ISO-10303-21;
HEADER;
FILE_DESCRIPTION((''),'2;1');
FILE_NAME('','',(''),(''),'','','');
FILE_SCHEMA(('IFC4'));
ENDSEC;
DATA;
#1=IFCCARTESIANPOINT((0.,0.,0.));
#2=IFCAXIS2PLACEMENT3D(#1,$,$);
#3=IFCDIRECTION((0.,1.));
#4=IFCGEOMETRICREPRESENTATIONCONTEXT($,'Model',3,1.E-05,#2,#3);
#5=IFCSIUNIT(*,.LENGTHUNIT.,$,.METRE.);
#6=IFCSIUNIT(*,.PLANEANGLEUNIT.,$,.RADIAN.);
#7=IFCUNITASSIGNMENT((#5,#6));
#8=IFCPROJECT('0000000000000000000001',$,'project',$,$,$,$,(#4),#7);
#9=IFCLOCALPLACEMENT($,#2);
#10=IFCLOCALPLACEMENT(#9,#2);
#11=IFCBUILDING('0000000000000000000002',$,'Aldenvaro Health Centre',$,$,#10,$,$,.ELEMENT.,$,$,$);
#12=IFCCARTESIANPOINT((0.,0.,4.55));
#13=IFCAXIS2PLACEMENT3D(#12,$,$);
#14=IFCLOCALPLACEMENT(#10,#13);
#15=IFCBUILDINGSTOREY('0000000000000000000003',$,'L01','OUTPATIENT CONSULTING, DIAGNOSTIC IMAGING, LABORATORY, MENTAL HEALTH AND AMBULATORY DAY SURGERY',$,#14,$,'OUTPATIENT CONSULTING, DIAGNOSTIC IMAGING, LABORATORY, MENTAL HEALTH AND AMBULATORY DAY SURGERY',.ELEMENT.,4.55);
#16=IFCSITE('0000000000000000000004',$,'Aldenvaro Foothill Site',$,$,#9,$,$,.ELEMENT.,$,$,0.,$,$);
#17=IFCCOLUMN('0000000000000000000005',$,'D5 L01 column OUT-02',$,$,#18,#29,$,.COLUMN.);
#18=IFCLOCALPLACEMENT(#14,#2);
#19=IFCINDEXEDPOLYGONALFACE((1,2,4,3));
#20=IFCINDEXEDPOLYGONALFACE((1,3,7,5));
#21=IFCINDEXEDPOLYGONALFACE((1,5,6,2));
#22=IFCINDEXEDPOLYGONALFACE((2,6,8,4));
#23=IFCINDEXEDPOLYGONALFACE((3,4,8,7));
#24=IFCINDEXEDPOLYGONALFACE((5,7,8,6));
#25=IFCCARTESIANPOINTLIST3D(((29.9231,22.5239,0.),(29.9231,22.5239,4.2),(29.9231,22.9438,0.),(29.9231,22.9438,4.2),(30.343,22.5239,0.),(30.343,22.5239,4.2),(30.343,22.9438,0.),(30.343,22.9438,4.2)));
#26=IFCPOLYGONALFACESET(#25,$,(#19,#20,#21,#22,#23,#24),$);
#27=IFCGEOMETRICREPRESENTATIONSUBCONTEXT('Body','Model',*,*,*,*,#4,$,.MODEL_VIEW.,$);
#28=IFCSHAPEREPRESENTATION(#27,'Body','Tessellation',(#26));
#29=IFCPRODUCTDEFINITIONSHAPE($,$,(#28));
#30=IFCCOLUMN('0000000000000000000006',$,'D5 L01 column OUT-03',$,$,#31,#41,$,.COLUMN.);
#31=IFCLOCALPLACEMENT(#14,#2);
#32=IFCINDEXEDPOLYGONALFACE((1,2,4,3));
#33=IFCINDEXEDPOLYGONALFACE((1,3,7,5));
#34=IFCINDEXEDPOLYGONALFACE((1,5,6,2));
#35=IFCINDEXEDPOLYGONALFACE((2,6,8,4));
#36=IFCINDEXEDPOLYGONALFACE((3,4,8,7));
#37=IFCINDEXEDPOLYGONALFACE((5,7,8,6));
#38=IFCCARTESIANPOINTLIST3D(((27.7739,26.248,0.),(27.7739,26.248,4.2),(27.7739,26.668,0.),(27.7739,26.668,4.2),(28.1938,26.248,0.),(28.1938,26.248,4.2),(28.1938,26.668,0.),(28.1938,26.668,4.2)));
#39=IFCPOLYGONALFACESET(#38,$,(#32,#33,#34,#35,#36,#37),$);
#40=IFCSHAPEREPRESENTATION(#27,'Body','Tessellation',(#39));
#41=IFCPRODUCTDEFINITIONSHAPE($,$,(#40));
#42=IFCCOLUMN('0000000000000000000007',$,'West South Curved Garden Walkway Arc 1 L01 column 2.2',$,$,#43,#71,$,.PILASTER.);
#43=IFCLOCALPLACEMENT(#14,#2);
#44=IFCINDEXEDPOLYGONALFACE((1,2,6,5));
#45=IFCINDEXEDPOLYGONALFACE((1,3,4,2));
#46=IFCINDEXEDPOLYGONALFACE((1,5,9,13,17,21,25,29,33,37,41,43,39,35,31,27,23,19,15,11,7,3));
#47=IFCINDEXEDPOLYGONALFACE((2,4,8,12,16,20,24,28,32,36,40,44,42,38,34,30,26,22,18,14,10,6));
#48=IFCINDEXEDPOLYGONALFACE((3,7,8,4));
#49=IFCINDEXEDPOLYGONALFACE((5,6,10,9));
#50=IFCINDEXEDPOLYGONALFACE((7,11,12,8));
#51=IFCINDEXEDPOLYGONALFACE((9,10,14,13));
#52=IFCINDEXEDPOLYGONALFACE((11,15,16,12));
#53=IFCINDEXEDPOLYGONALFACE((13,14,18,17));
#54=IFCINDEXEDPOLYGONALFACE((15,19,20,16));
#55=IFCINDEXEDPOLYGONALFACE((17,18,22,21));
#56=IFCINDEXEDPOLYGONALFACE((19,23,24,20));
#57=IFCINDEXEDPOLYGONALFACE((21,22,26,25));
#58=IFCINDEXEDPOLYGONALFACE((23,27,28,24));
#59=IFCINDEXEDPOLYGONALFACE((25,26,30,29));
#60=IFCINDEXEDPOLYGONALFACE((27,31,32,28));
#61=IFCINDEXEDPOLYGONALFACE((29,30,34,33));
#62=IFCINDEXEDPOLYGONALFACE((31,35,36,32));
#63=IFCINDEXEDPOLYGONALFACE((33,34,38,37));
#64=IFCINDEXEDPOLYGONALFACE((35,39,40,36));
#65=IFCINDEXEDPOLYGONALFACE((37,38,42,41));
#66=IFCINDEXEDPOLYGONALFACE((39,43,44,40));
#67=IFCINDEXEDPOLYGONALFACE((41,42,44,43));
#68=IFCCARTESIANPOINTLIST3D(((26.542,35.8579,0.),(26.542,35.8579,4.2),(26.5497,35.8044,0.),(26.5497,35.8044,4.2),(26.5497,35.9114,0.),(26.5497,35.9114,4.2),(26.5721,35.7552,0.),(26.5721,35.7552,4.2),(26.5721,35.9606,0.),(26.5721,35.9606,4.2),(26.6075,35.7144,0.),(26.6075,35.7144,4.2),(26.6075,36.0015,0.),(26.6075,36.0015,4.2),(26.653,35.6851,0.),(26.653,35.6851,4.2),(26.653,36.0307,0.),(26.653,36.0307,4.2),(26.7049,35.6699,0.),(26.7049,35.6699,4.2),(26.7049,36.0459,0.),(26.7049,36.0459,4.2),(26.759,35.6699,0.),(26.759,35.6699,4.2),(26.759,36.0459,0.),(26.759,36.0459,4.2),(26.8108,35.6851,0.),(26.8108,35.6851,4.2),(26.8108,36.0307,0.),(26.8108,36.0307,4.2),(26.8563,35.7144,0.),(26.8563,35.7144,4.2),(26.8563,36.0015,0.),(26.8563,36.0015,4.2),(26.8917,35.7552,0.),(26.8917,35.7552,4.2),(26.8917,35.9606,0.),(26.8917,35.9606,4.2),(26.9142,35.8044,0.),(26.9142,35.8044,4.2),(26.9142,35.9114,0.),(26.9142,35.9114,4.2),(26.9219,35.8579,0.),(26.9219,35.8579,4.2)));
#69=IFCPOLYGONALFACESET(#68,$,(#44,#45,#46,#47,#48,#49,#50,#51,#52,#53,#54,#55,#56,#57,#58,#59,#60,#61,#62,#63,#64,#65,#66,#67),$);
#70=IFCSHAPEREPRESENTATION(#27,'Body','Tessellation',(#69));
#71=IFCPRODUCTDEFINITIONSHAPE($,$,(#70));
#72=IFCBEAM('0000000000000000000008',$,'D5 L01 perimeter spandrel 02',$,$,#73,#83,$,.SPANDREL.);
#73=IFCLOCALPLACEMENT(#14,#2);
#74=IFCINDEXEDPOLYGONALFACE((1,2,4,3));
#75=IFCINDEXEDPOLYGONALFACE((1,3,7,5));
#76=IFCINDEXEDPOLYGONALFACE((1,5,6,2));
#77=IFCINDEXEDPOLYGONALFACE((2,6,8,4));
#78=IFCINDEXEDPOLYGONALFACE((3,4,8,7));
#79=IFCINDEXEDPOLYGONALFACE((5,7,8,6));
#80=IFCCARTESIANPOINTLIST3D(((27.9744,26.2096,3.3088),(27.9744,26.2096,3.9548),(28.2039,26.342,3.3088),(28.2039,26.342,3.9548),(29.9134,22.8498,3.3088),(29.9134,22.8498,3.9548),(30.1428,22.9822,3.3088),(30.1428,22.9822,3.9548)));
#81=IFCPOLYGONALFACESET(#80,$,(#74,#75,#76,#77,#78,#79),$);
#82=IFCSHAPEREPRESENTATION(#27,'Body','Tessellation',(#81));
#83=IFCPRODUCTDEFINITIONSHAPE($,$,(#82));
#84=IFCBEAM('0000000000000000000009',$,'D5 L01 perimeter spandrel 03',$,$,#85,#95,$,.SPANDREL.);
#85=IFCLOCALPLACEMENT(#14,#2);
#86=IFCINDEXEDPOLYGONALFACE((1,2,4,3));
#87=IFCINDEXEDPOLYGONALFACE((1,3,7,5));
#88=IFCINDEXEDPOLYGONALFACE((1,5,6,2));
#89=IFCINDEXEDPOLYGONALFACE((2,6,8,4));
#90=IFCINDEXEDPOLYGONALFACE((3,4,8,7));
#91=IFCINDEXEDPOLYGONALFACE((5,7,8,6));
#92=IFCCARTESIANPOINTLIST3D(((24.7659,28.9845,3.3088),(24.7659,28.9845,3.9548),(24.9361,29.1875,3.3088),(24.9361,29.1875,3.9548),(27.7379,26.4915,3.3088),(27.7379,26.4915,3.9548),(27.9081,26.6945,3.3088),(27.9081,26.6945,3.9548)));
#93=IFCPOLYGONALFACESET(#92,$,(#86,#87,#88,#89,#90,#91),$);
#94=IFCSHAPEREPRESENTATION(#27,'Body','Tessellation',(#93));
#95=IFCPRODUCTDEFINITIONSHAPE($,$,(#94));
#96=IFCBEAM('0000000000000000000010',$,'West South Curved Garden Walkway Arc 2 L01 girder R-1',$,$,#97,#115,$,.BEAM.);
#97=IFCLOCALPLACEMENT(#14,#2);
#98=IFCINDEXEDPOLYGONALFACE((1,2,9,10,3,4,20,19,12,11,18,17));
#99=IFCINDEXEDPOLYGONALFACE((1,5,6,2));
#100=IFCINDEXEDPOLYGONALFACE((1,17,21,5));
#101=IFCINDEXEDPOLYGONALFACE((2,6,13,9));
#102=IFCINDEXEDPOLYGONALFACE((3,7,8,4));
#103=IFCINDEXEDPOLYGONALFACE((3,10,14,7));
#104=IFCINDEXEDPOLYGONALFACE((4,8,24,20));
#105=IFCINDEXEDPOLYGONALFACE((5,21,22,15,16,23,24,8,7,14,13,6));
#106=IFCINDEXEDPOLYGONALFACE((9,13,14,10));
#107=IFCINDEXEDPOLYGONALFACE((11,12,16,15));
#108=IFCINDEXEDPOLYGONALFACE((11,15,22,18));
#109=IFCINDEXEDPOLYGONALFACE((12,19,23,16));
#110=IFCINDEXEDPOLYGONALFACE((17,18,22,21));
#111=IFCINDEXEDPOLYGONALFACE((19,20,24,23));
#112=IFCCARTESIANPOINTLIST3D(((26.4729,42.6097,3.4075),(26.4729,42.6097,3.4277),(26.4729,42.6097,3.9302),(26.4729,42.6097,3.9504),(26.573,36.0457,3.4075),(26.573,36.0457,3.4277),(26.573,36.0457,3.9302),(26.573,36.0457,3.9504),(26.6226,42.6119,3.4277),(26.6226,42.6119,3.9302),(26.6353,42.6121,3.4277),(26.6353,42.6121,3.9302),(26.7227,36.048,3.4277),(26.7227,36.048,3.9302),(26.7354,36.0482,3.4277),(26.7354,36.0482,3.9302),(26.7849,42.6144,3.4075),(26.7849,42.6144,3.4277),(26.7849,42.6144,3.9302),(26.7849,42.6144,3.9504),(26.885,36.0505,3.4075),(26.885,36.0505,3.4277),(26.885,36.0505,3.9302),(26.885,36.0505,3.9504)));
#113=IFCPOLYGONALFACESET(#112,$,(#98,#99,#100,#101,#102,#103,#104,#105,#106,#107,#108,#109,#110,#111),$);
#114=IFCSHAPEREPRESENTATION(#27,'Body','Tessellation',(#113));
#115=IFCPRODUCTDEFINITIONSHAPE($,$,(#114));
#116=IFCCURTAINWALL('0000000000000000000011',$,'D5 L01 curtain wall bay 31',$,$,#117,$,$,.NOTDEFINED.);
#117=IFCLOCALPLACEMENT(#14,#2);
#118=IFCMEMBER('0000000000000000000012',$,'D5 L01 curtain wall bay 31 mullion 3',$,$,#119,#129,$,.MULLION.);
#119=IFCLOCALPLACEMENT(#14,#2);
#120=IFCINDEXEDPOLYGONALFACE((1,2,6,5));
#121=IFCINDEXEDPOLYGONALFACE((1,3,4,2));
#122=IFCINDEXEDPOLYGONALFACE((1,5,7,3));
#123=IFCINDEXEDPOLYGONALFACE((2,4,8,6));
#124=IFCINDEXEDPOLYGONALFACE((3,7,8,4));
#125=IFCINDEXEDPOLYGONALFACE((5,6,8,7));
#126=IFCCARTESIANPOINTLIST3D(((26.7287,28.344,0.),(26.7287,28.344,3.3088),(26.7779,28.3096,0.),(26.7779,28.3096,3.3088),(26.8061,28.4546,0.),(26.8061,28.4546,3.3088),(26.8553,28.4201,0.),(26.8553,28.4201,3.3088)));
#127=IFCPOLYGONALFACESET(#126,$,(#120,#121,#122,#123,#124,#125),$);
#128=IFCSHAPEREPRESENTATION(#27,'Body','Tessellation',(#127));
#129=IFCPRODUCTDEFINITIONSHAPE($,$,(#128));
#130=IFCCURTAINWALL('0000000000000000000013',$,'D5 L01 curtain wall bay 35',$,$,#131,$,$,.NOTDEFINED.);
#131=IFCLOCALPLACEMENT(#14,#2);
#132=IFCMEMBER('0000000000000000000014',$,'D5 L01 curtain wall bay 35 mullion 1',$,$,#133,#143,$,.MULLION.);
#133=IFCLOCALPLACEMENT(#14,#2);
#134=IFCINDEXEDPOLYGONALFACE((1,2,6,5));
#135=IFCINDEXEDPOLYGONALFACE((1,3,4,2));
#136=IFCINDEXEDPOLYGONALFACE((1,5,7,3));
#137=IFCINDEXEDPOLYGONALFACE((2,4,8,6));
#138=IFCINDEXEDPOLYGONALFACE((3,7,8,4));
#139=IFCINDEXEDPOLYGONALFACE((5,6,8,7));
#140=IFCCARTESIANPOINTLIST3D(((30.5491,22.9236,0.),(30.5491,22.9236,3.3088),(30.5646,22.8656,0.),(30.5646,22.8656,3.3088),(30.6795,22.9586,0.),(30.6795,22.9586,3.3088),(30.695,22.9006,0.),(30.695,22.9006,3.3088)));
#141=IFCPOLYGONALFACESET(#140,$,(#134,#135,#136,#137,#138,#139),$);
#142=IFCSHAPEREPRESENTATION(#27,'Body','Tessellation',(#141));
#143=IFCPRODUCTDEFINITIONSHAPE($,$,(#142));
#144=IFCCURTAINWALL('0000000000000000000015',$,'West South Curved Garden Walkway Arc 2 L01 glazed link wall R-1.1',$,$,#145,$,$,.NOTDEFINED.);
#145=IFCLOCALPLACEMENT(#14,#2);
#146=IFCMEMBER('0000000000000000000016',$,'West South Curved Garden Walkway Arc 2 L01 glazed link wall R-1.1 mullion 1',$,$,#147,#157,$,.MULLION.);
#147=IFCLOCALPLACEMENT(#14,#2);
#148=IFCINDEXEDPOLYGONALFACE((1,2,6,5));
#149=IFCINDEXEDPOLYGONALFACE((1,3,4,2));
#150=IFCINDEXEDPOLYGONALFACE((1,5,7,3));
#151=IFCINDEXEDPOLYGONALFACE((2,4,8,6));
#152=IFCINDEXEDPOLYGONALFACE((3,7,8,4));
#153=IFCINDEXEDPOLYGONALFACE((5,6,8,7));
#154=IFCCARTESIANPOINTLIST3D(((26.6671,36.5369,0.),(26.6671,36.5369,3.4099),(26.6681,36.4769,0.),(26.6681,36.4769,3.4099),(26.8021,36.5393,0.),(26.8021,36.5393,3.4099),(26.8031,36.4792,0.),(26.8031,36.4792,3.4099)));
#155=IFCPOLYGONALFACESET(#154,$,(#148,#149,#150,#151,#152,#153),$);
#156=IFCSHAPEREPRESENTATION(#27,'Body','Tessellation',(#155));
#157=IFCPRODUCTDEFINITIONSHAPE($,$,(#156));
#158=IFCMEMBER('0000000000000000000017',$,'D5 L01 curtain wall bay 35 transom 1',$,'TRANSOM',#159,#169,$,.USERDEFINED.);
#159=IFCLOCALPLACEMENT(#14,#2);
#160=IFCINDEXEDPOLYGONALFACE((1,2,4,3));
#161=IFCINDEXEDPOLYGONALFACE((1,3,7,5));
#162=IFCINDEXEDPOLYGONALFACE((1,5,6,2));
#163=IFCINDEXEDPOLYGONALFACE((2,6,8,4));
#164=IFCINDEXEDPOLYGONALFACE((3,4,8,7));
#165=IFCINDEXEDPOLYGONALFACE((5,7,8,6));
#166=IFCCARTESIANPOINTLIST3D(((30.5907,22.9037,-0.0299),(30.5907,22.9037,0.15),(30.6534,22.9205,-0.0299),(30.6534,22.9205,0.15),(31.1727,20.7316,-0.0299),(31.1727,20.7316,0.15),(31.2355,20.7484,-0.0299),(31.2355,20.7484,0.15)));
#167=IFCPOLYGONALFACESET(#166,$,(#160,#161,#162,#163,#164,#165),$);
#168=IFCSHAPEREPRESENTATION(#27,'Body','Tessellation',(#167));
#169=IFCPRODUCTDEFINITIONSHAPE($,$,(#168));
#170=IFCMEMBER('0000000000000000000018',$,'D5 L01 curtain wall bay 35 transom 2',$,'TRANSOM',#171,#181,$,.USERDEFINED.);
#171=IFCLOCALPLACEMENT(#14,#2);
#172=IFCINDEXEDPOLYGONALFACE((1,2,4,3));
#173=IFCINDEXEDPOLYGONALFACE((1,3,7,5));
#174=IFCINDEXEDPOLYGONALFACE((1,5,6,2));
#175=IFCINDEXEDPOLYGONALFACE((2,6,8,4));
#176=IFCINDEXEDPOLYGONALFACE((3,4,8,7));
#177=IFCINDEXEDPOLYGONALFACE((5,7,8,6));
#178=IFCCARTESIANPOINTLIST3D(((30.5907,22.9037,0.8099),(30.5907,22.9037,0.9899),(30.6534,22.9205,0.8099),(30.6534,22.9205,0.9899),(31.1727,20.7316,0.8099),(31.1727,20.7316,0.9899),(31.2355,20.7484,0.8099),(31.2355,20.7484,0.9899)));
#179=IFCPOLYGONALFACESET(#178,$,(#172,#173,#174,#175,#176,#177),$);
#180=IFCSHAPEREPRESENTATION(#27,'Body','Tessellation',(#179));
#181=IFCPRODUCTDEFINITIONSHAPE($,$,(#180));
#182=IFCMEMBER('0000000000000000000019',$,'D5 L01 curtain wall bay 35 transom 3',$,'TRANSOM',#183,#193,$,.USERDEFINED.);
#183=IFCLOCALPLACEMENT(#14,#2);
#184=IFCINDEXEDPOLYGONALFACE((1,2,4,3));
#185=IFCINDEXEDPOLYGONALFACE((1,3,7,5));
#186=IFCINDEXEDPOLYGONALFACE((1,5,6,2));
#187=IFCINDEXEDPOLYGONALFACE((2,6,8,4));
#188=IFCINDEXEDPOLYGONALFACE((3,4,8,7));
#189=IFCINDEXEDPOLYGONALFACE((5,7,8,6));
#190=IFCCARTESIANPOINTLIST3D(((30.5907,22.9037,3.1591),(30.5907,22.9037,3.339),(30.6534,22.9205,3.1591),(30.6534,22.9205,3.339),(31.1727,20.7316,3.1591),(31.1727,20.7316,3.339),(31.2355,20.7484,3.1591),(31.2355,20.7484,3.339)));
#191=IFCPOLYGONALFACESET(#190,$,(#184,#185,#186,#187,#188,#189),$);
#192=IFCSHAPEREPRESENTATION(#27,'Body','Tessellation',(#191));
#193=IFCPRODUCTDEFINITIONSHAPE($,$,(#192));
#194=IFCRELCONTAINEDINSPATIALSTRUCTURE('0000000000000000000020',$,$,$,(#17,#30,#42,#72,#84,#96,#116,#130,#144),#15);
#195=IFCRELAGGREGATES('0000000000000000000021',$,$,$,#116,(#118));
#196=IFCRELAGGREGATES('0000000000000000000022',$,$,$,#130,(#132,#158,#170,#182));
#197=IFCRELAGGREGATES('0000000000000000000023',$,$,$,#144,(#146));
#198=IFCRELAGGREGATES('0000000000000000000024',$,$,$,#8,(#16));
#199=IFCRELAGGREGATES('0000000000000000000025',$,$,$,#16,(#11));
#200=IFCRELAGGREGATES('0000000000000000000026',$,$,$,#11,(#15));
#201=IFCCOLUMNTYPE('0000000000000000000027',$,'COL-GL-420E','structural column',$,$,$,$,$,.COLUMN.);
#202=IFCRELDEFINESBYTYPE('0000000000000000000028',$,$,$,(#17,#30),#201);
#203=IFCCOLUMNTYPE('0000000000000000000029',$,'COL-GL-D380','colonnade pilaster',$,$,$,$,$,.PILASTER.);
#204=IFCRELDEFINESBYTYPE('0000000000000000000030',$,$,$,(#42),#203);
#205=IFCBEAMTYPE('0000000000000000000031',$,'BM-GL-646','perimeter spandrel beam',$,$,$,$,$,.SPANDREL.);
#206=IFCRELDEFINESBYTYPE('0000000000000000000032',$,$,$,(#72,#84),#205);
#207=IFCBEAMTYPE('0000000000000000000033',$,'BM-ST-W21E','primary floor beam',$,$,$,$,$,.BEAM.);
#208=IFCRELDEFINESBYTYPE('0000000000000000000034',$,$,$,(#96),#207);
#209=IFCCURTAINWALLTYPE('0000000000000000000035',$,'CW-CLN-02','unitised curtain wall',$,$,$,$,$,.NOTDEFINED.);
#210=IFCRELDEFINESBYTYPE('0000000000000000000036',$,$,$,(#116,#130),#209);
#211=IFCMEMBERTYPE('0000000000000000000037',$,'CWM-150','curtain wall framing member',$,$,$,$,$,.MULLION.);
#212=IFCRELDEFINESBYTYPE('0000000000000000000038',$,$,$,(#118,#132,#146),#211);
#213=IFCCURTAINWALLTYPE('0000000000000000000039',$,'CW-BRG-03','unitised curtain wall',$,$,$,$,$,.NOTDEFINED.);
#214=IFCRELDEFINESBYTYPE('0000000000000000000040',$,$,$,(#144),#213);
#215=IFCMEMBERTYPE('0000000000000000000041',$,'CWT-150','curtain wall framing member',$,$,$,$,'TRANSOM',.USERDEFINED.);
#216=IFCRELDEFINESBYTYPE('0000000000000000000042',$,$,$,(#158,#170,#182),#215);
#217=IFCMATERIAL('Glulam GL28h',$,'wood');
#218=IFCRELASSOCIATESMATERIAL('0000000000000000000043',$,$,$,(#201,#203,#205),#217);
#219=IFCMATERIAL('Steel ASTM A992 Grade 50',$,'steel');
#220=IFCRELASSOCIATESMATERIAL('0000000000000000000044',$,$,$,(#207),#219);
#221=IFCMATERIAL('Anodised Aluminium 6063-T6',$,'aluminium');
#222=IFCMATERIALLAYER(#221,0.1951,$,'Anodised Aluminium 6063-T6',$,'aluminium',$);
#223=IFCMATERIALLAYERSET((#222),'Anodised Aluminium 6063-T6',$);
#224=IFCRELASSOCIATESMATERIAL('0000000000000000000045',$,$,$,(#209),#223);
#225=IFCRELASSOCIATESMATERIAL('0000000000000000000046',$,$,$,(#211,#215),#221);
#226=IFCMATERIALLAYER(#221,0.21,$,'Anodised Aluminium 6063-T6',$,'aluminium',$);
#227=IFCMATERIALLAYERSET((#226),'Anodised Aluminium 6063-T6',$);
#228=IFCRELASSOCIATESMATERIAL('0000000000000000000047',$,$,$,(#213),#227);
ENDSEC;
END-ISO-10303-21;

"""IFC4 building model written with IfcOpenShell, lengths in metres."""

from ifc_helpers import new_model, si_unit, direction, frame, origin, origin_2d, place, context, subcontext, project, spatial, rectangle, circle, i_section, extrude, material, layer, layer_set, material_profile, profile_set, type_object, element, aggregate, save


model = new_model("IFC4")

# Units and contexts
model_context = context("Model", 3, precision=1e-05, world=origin(), true_north=direction((0.0, 1.0)))
body_context = subcontext(model_context, "Body", "Model", "MODEL_VIEW")
ifc_project = project(units=[si_unit("LENGTHUNIT", "METRE"), si_unit("PLANEANGLEUNIT", "RADIAN")], contexts=[model_context])

# Site, building, storey
site_placement = place(None, origin())
site = spatial("IfcSite", under=ifc_project, at=site_placement, Name="Aldenvaro Foothill Site", CompositionType="ELEMENT", RefElevation=0.0)
building_placement = place(site_placement, origin())
building = spatial("IfcBuilding", under=site, at=building_placement, Name="Aldenvaro Health Centre", CompositionType="ELEMENT")
storey_placement = place(building_placement, frame((0.0, 0.0, 4.55)))
storey = spatial("IfcBuildingStorey", under=building, at=storey_placement, Name="L01", Description="OUTPATIENT CONSULTING, DIAGNOSTIC IMAGING, LABORATORY, MENTAL HEALTH AND AMBULATORY DAY SURGERY", LongName="OUTPATIENT CONSULTING, DIAGNOSTIC IMAGING, LABORATORY, MENTAL HEALTH AND AMBULATORY DAY SURGERY", CompositionType="ELEMENT", Elevation=4.55)

# Columns
ifc_material_1 = material(Name="Glulam GL28h", Category="wood")
ifc_material_profile_1 = material_profile(ifc_material_1, rectangle(XDim=0.4199, YDim=0.4199, at=origin_2d()), Name="GL 420x420", Category="wood")
ifc_profile_set_1 = profile_set([ifc_material_profile_1], Name="Glulam GL28h")
column_type_1 = type_object("IfcColumnType", Name="COL-GL-420E", Description="structural column", PredefinedType="COLUMN", material=ifc_profile_set_1)
for number, where, z_axis, x_axis, name in (
    (1, (30.1331, 22.7339, 0.0), (0.0, 0.0, 1.0), (1.0, 0.0, 0.0), "D5 L01 column OUT-02"),
    (2, (27.9839, 26.458, 0.0), (0.0, 0.0, 1.0), (1.0, 0.0, 0.0), "D5 L01 column OUT-03"),
):
    element("IfcColumn", number, at=place(storey_placement, frame(where, z_axis=z_axis, x_axis=x_axis)), inside=storey, type_object=column_type_1, Name=name, PredefinedType="COLUMN", context=body_context, shape_type="SweptSolid", body=[
        extrude(rectangle(XDim=0.4199, YDim=0.4199, at=origin_2d()), origin(), (0.0, 0.0, 1.0), 4.2),
    ])
ifc_material_profile_2 = material_profile(ifc_material_1, circle(Radius=0.1899, at=origin_2d()), Name="GL D380", Category="wood")
ifc_profile_set_2 = profile_set([ifc_material_profile_2], Name="Glulam GL28h")
column_type_2 = type_object("IfcColumnType", Name="COL-GL-D380", Description="colonnade pilaster", PredefinedType="PILASTER", material=ifc_profile_set_2)
column_placement = place(storey_placement, frame((26.7319, 35.8579, 0.0), z_axis=(0.0, 0.0, 1.0), x_axis=(1.0, 0.0, 0.0)))
element("IfcColumn", 3, at=column_placement, inside=storey, type_object=column_type_2, Name="West South Curved Garden Walkway Arc 1 L01 column 2.2", PredefinedType="PILASTER", context=body_context, shape_type="SweptSolid", body=[
    extrude(circle(Radius=0.1899, at=origin_2d()), origin(), (0.0, 0.0, 1.0), 4.2),
])

# Beams
ifc_material_profile_3 = material_profile(ifc_material_1, rectangle(XDim=0.2649, YDim=0.646, at=origin_2d()), Name="GL 265x646", Category="wood")
ifc_profile_set_3 = profile_set([ifc_material_profile_3], Name="Glulam GL28h")
beam_type_1 = type_object("IfcBeamType", Name="BM-GL-646", Description="perimeter spandrel beam", PredefinedType="SPANDREL", material=ifc_profile_set_3)
for number, where, z_axis, x_axis, name in (
    (4, (30.0281, 22.916, 3.6318), (-0.499835, 0.866121, 0.0), (-0.866121, -0.499835, 0.0), "D5 L01 perimeter spandrel 02"),
    (5, (27.823, 26.593, 3.6318), (-0.766149, 0.642664, 0.0), (-0.642664, -0.766149, 0.0), "D5 L01 perimeter spandrel 03"),
):
    element("IfcBeam", number, at=place(storey_placement, frame(where, z_axis=z_axis, x_axis=x_axis)), inside=storey, type_object=beam_type_1, Name=name, PredefinedType="SPANDREL", context=body_context, shape_type="SweptSolid", body=[
        extrude(rectangle(XDim=0.2649, YDim=0.646, at=origin_2d()), origin(), (0.0, 0.0, 1.0), 3.8792),
    ])
ifc_material_2 = material(Name="Steel ASTM A992 Grade 50", Category="steel")
ifc_material_profile_4 = material_profile(ifc_material_2, i_section(OverallWidth=0.312, OverallDepth=0.543, WebThickness=0.0127, FlangeThickness=0.0203, at=origin_2d()), Name="W21X101", Category="steel")
ifc_profile_set_4 = profile_set([ifc_material_profile_4], Name="Steel ASTM A992 Grade 50")
beam_type_2 = type_object("IfcBeamType", Name="BM-ST-W21E", Description="primary floor beam", PredefinedType="BEAM", material=ifc_profile_set_4)
beam_placement = place(storey_placement, frame((26.729, 36.0481, 3.679), z_axis=(-0.015248, 0.999884, 0.0), x_axis=(-0.999884, -0.015248, 0.0)))
element("IfcBeam", 6, at=beam_placement, inside=storey, type_object=beam_type_2, Name="West South Curved Garden Walkway Arc 2 L01 girder R-1", PredefinedType="BEAM", context=body_context, shape_type="SweptSolid", body=[
    extrude(i_section(OverallWidth=0.312, OverallDepth=0.543, WebThickness=0.0127, FlangeThickness=0.0203, at=origin_2d()), origin(), (0.0, 0.0, 1.0), 6.5647),
])

# Curtain walls, members
ifc_material_3 = material(Name="Anodised Aluminium 6063-T6", Category="aluminium")
ifc_layer_1 = layer(ifc_material_3, 0.1951, Name="Anodised Aluminium 6063-T6", Category="aluminium")
ifc_layer_set_1 = layer_set([ifc_layer_1], Name="Anodised Aluminium 6063-T6")
curtain_wall_type_1 = type_object("IfcCurtainWallType", Name="CW-CLN-02", Description="unitised curtain wall", PredefinedType="NOTDEFINED", material=ifc_layer_set_1)
curtain_wall_1_placement = place(storey_placement, origin())
curtain_wall_1 = element("IfcCurtainWall", 7, at=curtain_wall_1_placement, inside=storey, type_object=curtain_wall_type_1, Name="D5 L01 curtain wall bay 31", PredefinedType="NOTDEFINED")
ifc_material_profile_5 = material_profile(ifc_material_3, rectangle(XDim=0.0601, YDim=0.135, at=origin_2d()), Name="ALU 60x135", Category="aluminium")
ifc_profile_set_5 = profile_set([ifc_material_profile_5], Name="Anodised Aluminium 6063-T6")
member_type_1 = type_object("IfcMemberType", Name="CWM-150", Description="curtain wall framing member", PredefinedType="MULLION", material=ifc_profile_set_5)
member_1_placement = place(storey_placement, frame((26.792, 28.3821, 0.0), z_axis=(0.0, 0.0, 1.0), x_axis=(0.819107, -0.573641, 0.0)))
member_1 = element("IfcMember", 8, at=member_1_placement, type_object=member_type_1, Name="D5 L01 curtain wall bay 31 mullion 3", PredefinedType="MULLION", context=body_context, shape_type="SweptSolid", body=[
    extrude(rectangle(XDim=0.0601, YDim=0.135, at=origin_2d()), origin(), (0.0, 0.0, 1.0), 3.3088),
])
aggregate(curtain_wall_1, [member_1])
curtain_wall_2_placement = place(storey_placement, origin())
curtain_wall_2 = element("IfcCurtainWall", 9, at=curtain_wall_2_placement, inside=storey, type_object=curtain_wall_type_1, Name="D5 L01 curtain wall bay 35", PredefinedType="NOTDEFINED")
member_2_placement = place(storey_placement, frame((30.6221, 22.9121, 0.0), z_axis=(0.0, 0.0, 1.0), x_axis=(0.258825, -0.965924, 0.0)))
member_2 = element("IfcMember", 10, at=member_2_placement, type_object=member_type_1, Name="D5 L01 curtain wall bay 35 mullion 1", PredefinedType="MULLION", context=body_context, shape_type="SweptSolid", body=[
    extrude(rectangle(XDim=0.0601, YDim=0.135, at=origin_2d()), origin(), (0.0, 0.0, 1.0), 3.3088),
])
ifc_layer_2 = layer(ifc_material_3, 0.21, Name="Anodised Aluminium 6063-T6", Category="aluminium")
ifc_layer_set_2 = layer_set([ifc_layer_2], Name="Anodised Aluminium 6063-T6")
curtain_wall_type_2 = type_object("IfcCurtainWallType", Name="CW-BRG-03", Description="unitised curtain wall", PredefinedType="NOTDEFINED", material=ifc_layer_set_2)
curtain_wall_3_placement = place(storey_placement, origin())
curtain_wall_3 = element("IfcCurtainWall", 11, at=curtain_wall_3_placement, inside=storey, type_object=curtain_wall_type_2, Name="West South Curved Garden Walkway Arc 2 L01 glazed link wall R-1.1", PredefinedType="NOTDEFINED")
member_3_placement = place(storey_placement, frame((26.7351, 36.5081, 0.0), z_axis=(0.0, 0.0, 1.0), x_axis=(-0.017362, 0.999849, 0.0)))
member_3 = element("IfcMember", 12, at=member_3_placement, type_object=member_type_1, Name="West South Curved Garden Walkway Arc 2 L01 glazed link wall R-1.1 mullion 1", PredefinedType="MULLION", context=body_context, shape_type="SweptSolid", body=[
    extrude(rectangle(XDim=0.0601, YDim=0.135, at=origin_2d()), origin(), (0.0, 0.0, 1.0), 3.4099),
])

# Members
ifc_material_profile_6 = material_profile(ifc_material_3, rectangle(XDim=0.0649, YDim=0.1799, at=origin_2d()), Name="ALU 65x180", Category="aluminium")
ifc_profile_set_6 = profile_set([ifc_material_profile_6], Name="Anodised Aluminium 6063-T6")
member_type_2 = type_object("IfcMemberType", Name="CWT-150", Description="curtain wall framing member", ElementType="TRANSOM", PredefinedType="USERDEFINED", material=ifc_profile_set_6)
member_4_placement = place(storey_placement, frame((30.6221, 22.9121, 0.0601), z_axis=(0.258825, -0.965924, 0.0), x_axis=(0.965924, 0.258825, 0.0)))
member_4 = element("IfcMember", 13, at=member_4_placement, type_object=member_type_2, Name="D5 L01 curtain wall bay 35 transom 1", ObjectType="TRANSOM", PredefinedType="USERDEFINED", context=body_context, shape_type="SweptSolid", body=[
    extrude(rectangle(XDim=0.0649, YDim=0.1799, at=origin_2d()), origin(), (0.0, 0.0, 1.0), 2.2488),
])
member_5_placement = place(storey_placement, frame((30.6221, 22.9121, 0.8999), z_axis=(0.258825, -0.965924, 0.0), x_axis=(0.965924, 0.258825, 0.0)))
member_5 = element("IfcMember", 14, at=member_5_placement, type_object=member_type_2, Name="D5 L01 curtain wall bay 35 transom 2", ObjectType="TRANSOM", PredefinedType="USERDEFINED", context=body_context, shape_type="SweptSolid", body=[
    extrude(rectangle(XDim=0.0649, YDim=0.1799, at=origin_2d()), origin(), (0.0, 0.0, 1.0), 2.2488),
])
member_6_placement = place(storey_placement, frame((30.6221, 22.9121, 3.249), z_axis=(0.258825, -0.965924, 0.0), x_axis=(0.965924, 0.258825, 0.0)))
member_6 = element("IfcMember", 15, at=member_6_placement, type_object=member_type_2, Name="D5 L01 curtain wall bay 35 transom 3", ObjectType="TRANSOM", PredefinedType="USERDEFINED", context=body_context, shape_type="SweptSolid", body=[
    extrude(rectangle(XDim=0.0649, YDim=0.1799, at=origin_2d()), origin(), (0.0, 0.0, 1.0), 2.2488),
])
aggregate(curtain_wall_2, [member_2, member_4, member_5, member_6])
aggregate(curtain_wall_3, [member_3])

save(model, "model.ifc")
